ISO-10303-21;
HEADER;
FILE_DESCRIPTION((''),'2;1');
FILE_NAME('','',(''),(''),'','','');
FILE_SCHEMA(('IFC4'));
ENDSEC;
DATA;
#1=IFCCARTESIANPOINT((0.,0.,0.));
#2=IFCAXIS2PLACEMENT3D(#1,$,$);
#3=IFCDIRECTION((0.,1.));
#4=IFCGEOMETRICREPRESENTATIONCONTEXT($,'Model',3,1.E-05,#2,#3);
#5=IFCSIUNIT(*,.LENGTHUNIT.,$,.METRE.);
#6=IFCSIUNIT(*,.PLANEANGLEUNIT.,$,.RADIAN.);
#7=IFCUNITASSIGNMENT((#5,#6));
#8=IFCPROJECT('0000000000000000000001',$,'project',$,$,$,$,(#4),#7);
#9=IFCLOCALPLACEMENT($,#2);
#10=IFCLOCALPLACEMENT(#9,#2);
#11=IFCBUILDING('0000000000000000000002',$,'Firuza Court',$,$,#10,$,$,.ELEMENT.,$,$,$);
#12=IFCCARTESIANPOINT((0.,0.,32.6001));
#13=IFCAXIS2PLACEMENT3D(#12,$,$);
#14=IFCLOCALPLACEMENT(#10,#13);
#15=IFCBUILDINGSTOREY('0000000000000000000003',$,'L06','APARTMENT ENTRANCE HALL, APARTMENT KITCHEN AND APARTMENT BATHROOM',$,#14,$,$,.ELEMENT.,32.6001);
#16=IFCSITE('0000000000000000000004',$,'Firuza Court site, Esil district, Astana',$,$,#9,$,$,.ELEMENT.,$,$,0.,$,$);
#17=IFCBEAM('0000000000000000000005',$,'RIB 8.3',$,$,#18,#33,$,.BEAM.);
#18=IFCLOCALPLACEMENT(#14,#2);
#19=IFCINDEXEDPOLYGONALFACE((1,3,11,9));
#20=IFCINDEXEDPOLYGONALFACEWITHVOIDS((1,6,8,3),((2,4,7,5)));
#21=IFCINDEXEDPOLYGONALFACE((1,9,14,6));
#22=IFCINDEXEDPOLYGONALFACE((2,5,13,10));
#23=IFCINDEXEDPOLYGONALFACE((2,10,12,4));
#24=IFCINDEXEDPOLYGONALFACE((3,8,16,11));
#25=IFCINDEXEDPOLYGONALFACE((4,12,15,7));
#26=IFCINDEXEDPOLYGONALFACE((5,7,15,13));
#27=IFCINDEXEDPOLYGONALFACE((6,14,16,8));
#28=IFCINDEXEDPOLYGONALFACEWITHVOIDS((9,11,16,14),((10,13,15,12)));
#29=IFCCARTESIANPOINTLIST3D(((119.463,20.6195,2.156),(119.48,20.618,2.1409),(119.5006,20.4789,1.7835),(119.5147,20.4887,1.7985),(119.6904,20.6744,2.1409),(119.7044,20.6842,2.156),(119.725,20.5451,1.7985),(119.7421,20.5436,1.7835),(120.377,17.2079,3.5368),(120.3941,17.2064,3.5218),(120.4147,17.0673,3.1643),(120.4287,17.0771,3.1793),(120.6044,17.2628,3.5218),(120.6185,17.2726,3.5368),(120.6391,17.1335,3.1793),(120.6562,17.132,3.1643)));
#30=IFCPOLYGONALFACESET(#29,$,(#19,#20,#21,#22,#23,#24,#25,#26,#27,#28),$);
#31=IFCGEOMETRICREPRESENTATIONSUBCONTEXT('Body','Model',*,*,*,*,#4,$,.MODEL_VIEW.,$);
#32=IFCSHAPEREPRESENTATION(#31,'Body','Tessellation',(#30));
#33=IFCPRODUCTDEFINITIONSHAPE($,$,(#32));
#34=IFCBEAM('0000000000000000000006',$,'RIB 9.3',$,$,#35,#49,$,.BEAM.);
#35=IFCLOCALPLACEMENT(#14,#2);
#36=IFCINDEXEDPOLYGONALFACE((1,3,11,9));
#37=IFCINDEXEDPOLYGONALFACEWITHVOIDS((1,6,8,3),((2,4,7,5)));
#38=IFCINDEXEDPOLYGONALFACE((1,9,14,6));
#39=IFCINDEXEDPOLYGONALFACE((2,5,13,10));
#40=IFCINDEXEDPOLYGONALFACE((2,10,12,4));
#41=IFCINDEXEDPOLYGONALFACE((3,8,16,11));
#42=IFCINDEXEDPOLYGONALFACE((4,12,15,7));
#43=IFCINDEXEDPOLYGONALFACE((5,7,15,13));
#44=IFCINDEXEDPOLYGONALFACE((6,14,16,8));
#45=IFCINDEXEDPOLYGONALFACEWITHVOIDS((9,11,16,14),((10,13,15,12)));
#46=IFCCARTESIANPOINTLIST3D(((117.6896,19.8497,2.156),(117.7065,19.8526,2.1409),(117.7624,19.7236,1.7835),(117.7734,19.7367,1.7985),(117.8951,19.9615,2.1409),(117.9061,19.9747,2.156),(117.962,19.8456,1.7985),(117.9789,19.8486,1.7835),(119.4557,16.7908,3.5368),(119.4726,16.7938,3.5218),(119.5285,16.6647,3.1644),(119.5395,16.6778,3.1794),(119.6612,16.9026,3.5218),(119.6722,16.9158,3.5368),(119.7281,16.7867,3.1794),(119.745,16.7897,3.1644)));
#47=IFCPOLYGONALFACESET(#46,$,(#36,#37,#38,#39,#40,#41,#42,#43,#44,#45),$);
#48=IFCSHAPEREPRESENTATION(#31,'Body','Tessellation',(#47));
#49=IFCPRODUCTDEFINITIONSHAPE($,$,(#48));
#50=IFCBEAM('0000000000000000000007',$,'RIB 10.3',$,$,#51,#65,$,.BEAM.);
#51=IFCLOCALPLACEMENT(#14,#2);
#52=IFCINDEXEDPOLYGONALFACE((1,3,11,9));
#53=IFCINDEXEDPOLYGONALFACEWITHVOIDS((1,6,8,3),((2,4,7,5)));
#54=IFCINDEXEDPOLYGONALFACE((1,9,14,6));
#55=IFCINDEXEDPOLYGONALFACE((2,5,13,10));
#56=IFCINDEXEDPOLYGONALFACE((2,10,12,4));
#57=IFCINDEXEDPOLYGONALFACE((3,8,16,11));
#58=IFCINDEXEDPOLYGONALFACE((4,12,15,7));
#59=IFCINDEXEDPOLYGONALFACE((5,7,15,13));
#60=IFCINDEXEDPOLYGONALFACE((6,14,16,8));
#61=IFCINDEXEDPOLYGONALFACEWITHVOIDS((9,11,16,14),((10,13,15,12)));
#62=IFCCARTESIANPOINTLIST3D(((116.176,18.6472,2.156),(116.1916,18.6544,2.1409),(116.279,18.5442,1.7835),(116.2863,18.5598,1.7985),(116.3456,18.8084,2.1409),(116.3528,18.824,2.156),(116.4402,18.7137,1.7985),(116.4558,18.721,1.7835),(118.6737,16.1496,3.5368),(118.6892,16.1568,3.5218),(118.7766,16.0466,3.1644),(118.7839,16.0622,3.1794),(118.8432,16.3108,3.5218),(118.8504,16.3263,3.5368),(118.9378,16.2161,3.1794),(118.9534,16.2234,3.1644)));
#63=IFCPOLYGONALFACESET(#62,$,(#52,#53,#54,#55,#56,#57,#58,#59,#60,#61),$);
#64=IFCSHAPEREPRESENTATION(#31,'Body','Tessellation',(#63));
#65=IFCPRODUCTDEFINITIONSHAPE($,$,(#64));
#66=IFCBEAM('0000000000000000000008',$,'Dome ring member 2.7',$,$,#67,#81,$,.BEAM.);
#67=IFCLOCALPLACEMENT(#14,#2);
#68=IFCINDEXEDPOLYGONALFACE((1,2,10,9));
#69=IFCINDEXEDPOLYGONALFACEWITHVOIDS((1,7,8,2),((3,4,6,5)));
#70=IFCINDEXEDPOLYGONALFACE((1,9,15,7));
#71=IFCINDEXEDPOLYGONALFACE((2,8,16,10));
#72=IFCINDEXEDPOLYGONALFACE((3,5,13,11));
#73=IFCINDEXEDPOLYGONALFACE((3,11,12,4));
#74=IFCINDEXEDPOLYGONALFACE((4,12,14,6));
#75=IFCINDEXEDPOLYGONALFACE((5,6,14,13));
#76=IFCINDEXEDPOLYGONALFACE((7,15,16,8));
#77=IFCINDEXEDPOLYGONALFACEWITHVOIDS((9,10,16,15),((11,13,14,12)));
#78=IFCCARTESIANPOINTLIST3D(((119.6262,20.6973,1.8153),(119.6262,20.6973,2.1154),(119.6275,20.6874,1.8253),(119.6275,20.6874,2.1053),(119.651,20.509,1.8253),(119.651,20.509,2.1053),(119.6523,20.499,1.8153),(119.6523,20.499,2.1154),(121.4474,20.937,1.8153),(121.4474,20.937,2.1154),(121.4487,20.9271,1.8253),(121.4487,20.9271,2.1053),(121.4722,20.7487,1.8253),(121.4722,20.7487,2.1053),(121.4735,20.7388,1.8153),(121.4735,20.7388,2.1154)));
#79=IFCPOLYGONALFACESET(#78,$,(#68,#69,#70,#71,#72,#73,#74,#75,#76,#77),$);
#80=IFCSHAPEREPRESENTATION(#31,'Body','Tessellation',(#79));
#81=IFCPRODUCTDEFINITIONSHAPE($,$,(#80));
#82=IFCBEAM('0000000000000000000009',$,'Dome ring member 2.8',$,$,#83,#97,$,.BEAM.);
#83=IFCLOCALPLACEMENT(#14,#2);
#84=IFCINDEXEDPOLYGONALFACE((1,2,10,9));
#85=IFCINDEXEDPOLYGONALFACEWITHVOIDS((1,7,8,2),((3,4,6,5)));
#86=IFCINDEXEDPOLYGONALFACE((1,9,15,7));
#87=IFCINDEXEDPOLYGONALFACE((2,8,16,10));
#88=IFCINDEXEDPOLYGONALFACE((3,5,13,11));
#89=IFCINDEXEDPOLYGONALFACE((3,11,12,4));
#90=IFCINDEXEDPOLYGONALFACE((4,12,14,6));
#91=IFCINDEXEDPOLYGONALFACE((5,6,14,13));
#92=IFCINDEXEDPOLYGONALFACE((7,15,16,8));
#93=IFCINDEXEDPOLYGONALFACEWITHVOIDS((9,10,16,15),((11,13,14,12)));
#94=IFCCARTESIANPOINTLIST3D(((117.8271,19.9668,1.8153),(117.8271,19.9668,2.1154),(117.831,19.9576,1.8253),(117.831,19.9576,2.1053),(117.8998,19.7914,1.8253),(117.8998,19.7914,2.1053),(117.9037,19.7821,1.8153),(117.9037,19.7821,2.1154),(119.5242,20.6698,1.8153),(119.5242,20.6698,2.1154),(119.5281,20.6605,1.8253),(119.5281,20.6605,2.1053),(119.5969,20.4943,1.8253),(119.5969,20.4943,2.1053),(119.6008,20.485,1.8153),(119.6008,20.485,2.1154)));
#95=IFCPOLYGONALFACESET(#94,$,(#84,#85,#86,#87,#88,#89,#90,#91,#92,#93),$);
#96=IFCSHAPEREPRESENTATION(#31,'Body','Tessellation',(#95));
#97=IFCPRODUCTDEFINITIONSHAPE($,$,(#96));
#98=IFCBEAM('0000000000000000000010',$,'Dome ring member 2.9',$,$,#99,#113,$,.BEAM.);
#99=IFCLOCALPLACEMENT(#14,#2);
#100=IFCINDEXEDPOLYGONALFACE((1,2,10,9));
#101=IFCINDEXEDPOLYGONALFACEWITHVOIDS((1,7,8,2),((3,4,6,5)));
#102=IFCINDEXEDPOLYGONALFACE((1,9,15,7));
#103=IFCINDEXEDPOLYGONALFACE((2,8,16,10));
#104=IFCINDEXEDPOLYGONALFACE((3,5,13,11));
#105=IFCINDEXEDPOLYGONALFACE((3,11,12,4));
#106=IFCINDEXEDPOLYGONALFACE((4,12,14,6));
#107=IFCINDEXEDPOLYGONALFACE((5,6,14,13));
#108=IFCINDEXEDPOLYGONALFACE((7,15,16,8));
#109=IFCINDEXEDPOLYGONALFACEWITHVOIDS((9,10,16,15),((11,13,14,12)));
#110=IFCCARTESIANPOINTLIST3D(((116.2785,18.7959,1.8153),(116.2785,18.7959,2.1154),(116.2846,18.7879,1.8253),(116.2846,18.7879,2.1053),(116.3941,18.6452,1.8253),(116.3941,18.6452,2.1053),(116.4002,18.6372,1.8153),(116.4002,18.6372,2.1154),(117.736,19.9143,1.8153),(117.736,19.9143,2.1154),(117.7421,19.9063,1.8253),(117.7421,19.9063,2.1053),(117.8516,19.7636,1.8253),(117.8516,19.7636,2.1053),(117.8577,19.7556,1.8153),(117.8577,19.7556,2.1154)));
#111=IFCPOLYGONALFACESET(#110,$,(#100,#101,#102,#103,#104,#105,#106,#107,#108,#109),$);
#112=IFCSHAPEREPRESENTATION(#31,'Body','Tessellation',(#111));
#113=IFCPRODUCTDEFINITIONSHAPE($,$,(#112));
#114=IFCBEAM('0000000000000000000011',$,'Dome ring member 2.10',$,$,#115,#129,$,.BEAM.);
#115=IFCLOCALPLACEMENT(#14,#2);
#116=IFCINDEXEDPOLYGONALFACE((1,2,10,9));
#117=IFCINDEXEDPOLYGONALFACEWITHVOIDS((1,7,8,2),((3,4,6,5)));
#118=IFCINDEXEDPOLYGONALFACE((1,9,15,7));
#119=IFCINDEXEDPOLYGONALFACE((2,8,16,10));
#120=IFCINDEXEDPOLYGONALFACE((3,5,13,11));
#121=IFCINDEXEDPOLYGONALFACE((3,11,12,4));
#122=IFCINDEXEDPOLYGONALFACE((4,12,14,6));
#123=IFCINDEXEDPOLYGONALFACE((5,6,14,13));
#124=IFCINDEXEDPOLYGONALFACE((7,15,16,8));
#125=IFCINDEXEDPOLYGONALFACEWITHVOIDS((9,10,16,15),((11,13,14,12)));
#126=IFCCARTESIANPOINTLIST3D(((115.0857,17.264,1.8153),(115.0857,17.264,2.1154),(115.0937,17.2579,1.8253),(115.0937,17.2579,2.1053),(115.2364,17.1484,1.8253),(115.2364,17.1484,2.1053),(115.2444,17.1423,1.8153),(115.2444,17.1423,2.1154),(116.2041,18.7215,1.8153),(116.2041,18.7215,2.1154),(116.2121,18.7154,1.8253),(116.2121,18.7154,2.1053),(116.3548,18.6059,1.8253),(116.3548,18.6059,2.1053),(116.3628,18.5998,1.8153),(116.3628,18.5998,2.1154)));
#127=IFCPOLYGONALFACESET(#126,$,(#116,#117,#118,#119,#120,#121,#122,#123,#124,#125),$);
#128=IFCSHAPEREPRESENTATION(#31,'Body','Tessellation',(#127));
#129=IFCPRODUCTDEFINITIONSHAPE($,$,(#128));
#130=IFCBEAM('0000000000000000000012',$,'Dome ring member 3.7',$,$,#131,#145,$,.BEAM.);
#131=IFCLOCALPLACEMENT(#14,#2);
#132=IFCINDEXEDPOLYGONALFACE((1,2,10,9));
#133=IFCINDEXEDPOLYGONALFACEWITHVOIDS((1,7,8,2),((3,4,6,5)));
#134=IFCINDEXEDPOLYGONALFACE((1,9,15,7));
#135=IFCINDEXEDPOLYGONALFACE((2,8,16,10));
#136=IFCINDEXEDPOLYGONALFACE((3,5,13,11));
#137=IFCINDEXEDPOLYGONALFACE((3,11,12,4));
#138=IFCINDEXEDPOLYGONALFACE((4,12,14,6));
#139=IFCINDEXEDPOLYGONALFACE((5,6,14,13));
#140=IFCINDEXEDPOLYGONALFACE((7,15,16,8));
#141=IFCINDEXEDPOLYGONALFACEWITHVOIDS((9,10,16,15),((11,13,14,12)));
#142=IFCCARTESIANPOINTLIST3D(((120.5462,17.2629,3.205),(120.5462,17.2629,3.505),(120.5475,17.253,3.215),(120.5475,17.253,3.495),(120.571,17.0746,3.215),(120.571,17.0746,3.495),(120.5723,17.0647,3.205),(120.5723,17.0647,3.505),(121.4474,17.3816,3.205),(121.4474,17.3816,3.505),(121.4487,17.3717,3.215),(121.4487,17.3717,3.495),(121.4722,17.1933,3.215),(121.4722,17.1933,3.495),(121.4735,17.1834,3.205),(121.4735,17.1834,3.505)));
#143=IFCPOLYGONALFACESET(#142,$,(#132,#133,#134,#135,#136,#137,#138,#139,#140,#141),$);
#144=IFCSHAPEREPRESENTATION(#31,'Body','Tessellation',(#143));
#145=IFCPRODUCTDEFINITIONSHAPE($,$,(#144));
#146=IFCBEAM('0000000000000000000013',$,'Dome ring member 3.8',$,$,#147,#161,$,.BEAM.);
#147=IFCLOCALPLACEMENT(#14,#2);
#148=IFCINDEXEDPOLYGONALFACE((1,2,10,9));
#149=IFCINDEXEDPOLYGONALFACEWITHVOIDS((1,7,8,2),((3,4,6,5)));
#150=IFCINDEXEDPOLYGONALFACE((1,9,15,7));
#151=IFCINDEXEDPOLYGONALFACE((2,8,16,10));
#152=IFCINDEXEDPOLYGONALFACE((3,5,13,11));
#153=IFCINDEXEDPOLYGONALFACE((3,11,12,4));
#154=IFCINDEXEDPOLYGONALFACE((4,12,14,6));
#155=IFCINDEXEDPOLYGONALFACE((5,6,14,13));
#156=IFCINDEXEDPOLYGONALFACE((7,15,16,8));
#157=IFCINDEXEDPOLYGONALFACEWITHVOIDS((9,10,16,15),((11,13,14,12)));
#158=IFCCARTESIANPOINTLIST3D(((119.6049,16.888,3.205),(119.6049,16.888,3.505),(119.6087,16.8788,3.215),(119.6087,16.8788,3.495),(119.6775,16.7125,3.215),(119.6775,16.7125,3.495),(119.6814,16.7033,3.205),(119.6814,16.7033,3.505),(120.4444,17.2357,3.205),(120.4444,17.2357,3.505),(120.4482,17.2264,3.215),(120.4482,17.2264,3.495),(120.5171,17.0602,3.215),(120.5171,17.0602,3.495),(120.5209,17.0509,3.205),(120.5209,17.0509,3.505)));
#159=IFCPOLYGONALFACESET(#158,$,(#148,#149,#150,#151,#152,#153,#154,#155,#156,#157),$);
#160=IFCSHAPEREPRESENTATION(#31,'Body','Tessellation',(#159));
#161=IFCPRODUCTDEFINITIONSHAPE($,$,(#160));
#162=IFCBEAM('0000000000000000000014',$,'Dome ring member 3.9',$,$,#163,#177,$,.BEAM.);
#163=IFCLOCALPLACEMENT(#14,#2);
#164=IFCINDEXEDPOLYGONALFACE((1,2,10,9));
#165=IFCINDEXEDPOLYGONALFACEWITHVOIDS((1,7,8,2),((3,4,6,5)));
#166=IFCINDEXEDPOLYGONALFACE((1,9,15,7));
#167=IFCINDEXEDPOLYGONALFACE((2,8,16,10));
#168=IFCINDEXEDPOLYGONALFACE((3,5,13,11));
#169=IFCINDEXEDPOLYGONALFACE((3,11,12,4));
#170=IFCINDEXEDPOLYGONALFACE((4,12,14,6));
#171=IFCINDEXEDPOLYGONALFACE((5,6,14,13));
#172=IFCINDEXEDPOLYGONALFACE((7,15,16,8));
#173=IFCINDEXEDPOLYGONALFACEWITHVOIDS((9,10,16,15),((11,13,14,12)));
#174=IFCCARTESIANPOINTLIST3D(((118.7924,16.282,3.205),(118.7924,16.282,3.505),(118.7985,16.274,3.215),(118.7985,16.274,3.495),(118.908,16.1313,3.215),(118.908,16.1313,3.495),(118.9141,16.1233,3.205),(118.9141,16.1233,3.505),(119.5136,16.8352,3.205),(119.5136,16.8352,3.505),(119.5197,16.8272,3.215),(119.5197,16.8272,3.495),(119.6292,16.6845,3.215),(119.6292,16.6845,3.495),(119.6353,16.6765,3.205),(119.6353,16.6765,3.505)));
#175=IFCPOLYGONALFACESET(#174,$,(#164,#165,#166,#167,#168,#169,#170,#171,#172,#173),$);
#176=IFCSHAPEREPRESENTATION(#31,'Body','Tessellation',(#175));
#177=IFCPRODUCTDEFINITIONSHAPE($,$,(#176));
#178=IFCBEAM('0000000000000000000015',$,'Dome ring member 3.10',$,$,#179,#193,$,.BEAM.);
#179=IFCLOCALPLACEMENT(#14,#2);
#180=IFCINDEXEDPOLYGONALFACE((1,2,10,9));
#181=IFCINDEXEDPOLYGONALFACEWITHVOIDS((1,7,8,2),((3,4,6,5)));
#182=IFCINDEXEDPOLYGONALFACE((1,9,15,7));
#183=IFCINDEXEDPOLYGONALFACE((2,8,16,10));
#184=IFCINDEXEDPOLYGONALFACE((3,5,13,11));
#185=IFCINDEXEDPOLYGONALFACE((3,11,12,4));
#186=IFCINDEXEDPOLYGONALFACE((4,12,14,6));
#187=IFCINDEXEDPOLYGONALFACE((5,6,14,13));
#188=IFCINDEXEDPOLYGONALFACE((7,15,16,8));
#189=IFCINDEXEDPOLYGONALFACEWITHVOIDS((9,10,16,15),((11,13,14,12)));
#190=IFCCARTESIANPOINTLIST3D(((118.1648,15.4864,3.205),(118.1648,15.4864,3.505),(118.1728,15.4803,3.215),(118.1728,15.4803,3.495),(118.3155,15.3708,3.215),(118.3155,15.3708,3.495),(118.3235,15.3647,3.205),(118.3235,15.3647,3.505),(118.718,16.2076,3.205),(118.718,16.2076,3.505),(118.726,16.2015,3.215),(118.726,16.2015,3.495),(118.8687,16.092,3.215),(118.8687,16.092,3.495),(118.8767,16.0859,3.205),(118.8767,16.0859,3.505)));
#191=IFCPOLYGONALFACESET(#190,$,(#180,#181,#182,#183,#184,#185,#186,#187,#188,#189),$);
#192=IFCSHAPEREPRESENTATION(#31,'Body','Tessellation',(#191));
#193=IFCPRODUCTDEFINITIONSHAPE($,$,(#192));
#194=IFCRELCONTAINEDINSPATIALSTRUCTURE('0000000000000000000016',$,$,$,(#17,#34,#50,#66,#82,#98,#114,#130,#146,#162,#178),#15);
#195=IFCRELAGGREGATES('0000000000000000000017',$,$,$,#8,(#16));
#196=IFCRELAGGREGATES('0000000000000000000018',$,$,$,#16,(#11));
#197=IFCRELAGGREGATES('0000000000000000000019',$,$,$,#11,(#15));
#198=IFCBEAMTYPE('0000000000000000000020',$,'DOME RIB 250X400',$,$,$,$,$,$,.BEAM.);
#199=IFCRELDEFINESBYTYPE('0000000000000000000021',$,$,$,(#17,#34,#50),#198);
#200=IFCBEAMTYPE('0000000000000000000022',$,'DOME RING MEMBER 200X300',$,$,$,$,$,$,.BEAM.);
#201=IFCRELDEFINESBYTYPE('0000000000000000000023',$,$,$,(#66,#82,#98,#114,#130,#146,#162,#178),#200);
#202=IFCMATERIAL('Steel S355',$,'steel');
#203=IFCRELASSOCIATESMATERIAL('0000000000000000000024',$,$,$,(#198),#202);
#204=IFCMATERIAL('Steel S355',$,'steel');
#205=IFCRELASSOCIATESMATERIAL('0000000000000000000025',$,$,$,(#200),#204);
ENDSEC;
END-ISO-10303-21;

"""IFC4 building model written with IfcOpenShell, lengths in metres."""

from ifc_helpers import new_model, si_unit, direction, frame, origin, origin_2d, place, context, subcontext, project, spatial, hollow_rectangle, extrude, material, material_profile, profile_set, type_object, element, save


model = new_model("IFC4")

# Units and contexts
model_context = context("Model", 3, precision=1e-05, world=origin(), true_north=direction((0.0, 1.0)))
body_context = subcontext(model_context, "Body", "Model", "MODEL_VIEW")
ifc_project = project(units=[si_unit("LENGTHUNIT", "METRE"), si_unit("PLANEANGLEUNIT", "RADIAN")], contexts=[model_context])

# Site, building, storey
site_placement = place(None, origin())
site = spatial("IfcSite", under=ifc_project, at=site_placement, Name="Firuza Court site, Esil district, Astana", CompositionType="ELEMENT", RefElevation=0.0)
building_placement = place(site_placement, origin())
building = spatial("IfcBuilding", under=site, at=building_placement, Name="Firuza Court", CompositionType="ELEMENT")
storey_placement = place(building_placement, frame((0.0, 0.0, 32.6001)))
storey = spatial("IfcBuildingStorey", under=building, at=storey_placement, Name="L06", Description="APARTMENT ENTRANCE HALL, APARTMENT KITCHEN AND APARTMENT BATHROOM", CompositionType="ELEMENT", Elevation=32.6001)

# Beams
ifc_material_1 = material(Name="Steel S355", Category="steel")
ifc_material_profile_1 = material_profile(ifc_material_1, hollow_rectangle(XDim=0.25, YDim=0.3999, WallThickness=0.0161, at=origin_2d()), Name="RHS 400X250X16")
ifc_profile_set_1 = profile_set([ifc_material_profile_1], Name="Steel S355")
beam_type_1 = type_object("IfcBeamType", Name="DOME RIB 250X400", PredefinedType="BEAM", material=ifc_profile_set_1)
beam_1_placement = place(storey_placement, frame((119.6025, 20.5815, 1.9697), z_axis=(0.241032, -0.899621, 0.364123), x_axis=(0.965931, 0.258798, 0.0)))
element("IfcBeam", 1, at=beam_1_placement, inside=storey, type_object=beam_type_1, Name="RIB 8.3", PredefinedType="BEAM", context=body_context, shape_type="SweptSolid", body=[
    extrude(hollow_rectangle(XDim=0.25, YDim=0.3999, WallThickness=0.0161, at=origin_2d()), origin(), (0.0, 0.0, 1.0), 3.7922),
])
for number, where, z_axis, x_axis, name in (
    (2, (117.8342, 19.8491, 1.9697), (0.465696, -0.806567, 0.364111), (0.866014, 0.50002, 0.0), "RIB 9.3"),
    (3, (116.3159, 18.6841, 1.9697), (0.658568, -0.658568, 0.364111), (0.707107, 0.707107, 0.0), "RIB 10.3"),
):
    element("IfcBeam", number, at=place(storey_placement, frame(where, z_axis=z_axis, x_axis=x_axis)), inside=storey, type_object=beam_type_1, Name=name, PredefinedType="BEAM", context=body_context, shape_type="SweptSolid", body=[
        extrude(hollow_rectangle(XDim=0.25, YDim=0.3999, WallThickness=0.0161, at=origin_2d()), origin(), (0.0, 0.0, 1.0), 3.7925),
    ])
ifc_material_2 = material(Name="Steel S355", Category="steel")
ifc_material_profile_2 = material_profile(ifc_material_2, hollow_rectangle(XDim=0.2, YDim=0.3, WallThickness=0.01, at=origin_2d()), Name="RHS 300X200X10")
ifc_profile_set_2 = profile_set([ifc_material_profile_2], Name="Steel S355")
beam_type_2 = type_object("IfcBeamType", Name="DOME RING MEMBER 200X300", PredefinedType="BEAM", material=ifc_profile_set_2)
for number, where, z_axis, x_axis, name in (
    (4, (121.4604, 20.8379, 1.9653), (-0.991447, -0.13051, 0.0), (0.13051, -0.991447, 0.0), "Dome ring member 2.7"),
    (5, (119.5625, 20.5774, 1.9653), (-0.923889, -0.382661, 0.0), (0.382661, -0.923889, 0.0), "Dome ring member 2.8"),
):
    element("IfcBeam", number, at=place(storey_placement, frame(where, z_axis=z_axis, x_axis=x_axis)), inside=storey, type_object=beam_type_2, Name=name, PredefinedType="BEAM", context=body_context, shape_type="SweptSolid", body=[
        extrude(hollow_rectangle(XDim=0.2, YDim=0.3, WallThickness=0.01, at=origin_2d()), origin(), (0.0, 0.0, 1.0), 1.8369),
    ])
for number, where, z_axis, x_axis, name in (
    (6, (117.7969, 19.835, 1.9653), (-0.79335, -0.608766, 0.0), (0.608766, -0.79335, 0.0), "Dome ring member 2.9"),
    (7, (116.2834, 18.6606, 1.9653), (-0.608766, -0.79335, 0.0), (0.79335, -0.608766, 0.0), "Dome ring member 2.10"),
):
    element("IfcBeam", number, at=place(storey_placement, frame(where, z_axis=z_axis, x_axis=x_axis)), inside=storey, type_object=beam_type_2, Name=name, PredefinedType="BEAM", context=body_context, shape_type="SweptSolid", body=[
        extrude(hollow_rectangle(XDim=0.2, YDim=0.3, WallThickness=0.01, at=origin_2d()), origin(), (0.0, 0.0, 1.0), 1.8372),
    ])
beam_2_placement = place(storey_placement, frame((121.4604, 17.2825, 3.355), z_axis=(-0.991442, -0.130545, 0.0), x_axis=(0.130545, -0.991442, 0.0)))
element("IfcBeam", 8, at=beam_2_placement, inside=storey, type_object=beam_type_2, Name="Dome ring member 3.7", PredefinedType="BEAM", context=body_context, shape_type="SweptSolid", body=[
    extrude(hollow_rectangle(XDim=0.2, YDim=0.3, WallThickness=0.01, at=origin_2d()), origin(), (0.0, 0.0, 1.0), 0.9089),
])
beam_3_placement = place(storey_placement, frame((120.4827, 17.1433, 3.355), z_axis=(-0.923925, -0.382573, 0.0), x_axis=(0.382573, -0.923925, 0.0)))
element("IfcBeam", 9, at=beam_3_placement, inside=storey, type_object=beam_type_2, Name="Dome ring member 3.8", PredefinedType="BEAM", context=body_context, shape_type="SweptSolid", body=[
    extrude(hollow_rectangle(XDim=0.2, YDim=0.3, WallThickness=0.01, at=origin_2d()), origin(), (0.0, 0.0, 1.0), 0.9087),
])
for number, where, z_axis, x_axis, name in (
    (10, (119.5745, 16.7559, 3.355), (-0.793442, -0.608646, 0.0), (0.608646, -0.793442, 0.0), "Dome ring member 3.9"),
    (11, (118.7974, 16.1467, 3.355), (-0.608646, -0.793442, 0.0), (0.793442, -0.608646, 0.0), "Dome ring member 3.10"),
):
    element("IfcBeam", number, at=place(storey_placement, frame(where, z_axis=z_axis, x_axis=x_axis)), inside=storey, type_object=beam_type_2, Name=name, PredefinedType="BEAM", context=body_context, shape_type="SweptSolid", body=[
        extrude(hollow_rectangle(XDim=0.2, YDim=0.3, WallThickness=0.01, at=origin_2d()), origin(), (0.0, 0.0, 1.0), 0.9089),
    ])

save(model, "model.ifc")
